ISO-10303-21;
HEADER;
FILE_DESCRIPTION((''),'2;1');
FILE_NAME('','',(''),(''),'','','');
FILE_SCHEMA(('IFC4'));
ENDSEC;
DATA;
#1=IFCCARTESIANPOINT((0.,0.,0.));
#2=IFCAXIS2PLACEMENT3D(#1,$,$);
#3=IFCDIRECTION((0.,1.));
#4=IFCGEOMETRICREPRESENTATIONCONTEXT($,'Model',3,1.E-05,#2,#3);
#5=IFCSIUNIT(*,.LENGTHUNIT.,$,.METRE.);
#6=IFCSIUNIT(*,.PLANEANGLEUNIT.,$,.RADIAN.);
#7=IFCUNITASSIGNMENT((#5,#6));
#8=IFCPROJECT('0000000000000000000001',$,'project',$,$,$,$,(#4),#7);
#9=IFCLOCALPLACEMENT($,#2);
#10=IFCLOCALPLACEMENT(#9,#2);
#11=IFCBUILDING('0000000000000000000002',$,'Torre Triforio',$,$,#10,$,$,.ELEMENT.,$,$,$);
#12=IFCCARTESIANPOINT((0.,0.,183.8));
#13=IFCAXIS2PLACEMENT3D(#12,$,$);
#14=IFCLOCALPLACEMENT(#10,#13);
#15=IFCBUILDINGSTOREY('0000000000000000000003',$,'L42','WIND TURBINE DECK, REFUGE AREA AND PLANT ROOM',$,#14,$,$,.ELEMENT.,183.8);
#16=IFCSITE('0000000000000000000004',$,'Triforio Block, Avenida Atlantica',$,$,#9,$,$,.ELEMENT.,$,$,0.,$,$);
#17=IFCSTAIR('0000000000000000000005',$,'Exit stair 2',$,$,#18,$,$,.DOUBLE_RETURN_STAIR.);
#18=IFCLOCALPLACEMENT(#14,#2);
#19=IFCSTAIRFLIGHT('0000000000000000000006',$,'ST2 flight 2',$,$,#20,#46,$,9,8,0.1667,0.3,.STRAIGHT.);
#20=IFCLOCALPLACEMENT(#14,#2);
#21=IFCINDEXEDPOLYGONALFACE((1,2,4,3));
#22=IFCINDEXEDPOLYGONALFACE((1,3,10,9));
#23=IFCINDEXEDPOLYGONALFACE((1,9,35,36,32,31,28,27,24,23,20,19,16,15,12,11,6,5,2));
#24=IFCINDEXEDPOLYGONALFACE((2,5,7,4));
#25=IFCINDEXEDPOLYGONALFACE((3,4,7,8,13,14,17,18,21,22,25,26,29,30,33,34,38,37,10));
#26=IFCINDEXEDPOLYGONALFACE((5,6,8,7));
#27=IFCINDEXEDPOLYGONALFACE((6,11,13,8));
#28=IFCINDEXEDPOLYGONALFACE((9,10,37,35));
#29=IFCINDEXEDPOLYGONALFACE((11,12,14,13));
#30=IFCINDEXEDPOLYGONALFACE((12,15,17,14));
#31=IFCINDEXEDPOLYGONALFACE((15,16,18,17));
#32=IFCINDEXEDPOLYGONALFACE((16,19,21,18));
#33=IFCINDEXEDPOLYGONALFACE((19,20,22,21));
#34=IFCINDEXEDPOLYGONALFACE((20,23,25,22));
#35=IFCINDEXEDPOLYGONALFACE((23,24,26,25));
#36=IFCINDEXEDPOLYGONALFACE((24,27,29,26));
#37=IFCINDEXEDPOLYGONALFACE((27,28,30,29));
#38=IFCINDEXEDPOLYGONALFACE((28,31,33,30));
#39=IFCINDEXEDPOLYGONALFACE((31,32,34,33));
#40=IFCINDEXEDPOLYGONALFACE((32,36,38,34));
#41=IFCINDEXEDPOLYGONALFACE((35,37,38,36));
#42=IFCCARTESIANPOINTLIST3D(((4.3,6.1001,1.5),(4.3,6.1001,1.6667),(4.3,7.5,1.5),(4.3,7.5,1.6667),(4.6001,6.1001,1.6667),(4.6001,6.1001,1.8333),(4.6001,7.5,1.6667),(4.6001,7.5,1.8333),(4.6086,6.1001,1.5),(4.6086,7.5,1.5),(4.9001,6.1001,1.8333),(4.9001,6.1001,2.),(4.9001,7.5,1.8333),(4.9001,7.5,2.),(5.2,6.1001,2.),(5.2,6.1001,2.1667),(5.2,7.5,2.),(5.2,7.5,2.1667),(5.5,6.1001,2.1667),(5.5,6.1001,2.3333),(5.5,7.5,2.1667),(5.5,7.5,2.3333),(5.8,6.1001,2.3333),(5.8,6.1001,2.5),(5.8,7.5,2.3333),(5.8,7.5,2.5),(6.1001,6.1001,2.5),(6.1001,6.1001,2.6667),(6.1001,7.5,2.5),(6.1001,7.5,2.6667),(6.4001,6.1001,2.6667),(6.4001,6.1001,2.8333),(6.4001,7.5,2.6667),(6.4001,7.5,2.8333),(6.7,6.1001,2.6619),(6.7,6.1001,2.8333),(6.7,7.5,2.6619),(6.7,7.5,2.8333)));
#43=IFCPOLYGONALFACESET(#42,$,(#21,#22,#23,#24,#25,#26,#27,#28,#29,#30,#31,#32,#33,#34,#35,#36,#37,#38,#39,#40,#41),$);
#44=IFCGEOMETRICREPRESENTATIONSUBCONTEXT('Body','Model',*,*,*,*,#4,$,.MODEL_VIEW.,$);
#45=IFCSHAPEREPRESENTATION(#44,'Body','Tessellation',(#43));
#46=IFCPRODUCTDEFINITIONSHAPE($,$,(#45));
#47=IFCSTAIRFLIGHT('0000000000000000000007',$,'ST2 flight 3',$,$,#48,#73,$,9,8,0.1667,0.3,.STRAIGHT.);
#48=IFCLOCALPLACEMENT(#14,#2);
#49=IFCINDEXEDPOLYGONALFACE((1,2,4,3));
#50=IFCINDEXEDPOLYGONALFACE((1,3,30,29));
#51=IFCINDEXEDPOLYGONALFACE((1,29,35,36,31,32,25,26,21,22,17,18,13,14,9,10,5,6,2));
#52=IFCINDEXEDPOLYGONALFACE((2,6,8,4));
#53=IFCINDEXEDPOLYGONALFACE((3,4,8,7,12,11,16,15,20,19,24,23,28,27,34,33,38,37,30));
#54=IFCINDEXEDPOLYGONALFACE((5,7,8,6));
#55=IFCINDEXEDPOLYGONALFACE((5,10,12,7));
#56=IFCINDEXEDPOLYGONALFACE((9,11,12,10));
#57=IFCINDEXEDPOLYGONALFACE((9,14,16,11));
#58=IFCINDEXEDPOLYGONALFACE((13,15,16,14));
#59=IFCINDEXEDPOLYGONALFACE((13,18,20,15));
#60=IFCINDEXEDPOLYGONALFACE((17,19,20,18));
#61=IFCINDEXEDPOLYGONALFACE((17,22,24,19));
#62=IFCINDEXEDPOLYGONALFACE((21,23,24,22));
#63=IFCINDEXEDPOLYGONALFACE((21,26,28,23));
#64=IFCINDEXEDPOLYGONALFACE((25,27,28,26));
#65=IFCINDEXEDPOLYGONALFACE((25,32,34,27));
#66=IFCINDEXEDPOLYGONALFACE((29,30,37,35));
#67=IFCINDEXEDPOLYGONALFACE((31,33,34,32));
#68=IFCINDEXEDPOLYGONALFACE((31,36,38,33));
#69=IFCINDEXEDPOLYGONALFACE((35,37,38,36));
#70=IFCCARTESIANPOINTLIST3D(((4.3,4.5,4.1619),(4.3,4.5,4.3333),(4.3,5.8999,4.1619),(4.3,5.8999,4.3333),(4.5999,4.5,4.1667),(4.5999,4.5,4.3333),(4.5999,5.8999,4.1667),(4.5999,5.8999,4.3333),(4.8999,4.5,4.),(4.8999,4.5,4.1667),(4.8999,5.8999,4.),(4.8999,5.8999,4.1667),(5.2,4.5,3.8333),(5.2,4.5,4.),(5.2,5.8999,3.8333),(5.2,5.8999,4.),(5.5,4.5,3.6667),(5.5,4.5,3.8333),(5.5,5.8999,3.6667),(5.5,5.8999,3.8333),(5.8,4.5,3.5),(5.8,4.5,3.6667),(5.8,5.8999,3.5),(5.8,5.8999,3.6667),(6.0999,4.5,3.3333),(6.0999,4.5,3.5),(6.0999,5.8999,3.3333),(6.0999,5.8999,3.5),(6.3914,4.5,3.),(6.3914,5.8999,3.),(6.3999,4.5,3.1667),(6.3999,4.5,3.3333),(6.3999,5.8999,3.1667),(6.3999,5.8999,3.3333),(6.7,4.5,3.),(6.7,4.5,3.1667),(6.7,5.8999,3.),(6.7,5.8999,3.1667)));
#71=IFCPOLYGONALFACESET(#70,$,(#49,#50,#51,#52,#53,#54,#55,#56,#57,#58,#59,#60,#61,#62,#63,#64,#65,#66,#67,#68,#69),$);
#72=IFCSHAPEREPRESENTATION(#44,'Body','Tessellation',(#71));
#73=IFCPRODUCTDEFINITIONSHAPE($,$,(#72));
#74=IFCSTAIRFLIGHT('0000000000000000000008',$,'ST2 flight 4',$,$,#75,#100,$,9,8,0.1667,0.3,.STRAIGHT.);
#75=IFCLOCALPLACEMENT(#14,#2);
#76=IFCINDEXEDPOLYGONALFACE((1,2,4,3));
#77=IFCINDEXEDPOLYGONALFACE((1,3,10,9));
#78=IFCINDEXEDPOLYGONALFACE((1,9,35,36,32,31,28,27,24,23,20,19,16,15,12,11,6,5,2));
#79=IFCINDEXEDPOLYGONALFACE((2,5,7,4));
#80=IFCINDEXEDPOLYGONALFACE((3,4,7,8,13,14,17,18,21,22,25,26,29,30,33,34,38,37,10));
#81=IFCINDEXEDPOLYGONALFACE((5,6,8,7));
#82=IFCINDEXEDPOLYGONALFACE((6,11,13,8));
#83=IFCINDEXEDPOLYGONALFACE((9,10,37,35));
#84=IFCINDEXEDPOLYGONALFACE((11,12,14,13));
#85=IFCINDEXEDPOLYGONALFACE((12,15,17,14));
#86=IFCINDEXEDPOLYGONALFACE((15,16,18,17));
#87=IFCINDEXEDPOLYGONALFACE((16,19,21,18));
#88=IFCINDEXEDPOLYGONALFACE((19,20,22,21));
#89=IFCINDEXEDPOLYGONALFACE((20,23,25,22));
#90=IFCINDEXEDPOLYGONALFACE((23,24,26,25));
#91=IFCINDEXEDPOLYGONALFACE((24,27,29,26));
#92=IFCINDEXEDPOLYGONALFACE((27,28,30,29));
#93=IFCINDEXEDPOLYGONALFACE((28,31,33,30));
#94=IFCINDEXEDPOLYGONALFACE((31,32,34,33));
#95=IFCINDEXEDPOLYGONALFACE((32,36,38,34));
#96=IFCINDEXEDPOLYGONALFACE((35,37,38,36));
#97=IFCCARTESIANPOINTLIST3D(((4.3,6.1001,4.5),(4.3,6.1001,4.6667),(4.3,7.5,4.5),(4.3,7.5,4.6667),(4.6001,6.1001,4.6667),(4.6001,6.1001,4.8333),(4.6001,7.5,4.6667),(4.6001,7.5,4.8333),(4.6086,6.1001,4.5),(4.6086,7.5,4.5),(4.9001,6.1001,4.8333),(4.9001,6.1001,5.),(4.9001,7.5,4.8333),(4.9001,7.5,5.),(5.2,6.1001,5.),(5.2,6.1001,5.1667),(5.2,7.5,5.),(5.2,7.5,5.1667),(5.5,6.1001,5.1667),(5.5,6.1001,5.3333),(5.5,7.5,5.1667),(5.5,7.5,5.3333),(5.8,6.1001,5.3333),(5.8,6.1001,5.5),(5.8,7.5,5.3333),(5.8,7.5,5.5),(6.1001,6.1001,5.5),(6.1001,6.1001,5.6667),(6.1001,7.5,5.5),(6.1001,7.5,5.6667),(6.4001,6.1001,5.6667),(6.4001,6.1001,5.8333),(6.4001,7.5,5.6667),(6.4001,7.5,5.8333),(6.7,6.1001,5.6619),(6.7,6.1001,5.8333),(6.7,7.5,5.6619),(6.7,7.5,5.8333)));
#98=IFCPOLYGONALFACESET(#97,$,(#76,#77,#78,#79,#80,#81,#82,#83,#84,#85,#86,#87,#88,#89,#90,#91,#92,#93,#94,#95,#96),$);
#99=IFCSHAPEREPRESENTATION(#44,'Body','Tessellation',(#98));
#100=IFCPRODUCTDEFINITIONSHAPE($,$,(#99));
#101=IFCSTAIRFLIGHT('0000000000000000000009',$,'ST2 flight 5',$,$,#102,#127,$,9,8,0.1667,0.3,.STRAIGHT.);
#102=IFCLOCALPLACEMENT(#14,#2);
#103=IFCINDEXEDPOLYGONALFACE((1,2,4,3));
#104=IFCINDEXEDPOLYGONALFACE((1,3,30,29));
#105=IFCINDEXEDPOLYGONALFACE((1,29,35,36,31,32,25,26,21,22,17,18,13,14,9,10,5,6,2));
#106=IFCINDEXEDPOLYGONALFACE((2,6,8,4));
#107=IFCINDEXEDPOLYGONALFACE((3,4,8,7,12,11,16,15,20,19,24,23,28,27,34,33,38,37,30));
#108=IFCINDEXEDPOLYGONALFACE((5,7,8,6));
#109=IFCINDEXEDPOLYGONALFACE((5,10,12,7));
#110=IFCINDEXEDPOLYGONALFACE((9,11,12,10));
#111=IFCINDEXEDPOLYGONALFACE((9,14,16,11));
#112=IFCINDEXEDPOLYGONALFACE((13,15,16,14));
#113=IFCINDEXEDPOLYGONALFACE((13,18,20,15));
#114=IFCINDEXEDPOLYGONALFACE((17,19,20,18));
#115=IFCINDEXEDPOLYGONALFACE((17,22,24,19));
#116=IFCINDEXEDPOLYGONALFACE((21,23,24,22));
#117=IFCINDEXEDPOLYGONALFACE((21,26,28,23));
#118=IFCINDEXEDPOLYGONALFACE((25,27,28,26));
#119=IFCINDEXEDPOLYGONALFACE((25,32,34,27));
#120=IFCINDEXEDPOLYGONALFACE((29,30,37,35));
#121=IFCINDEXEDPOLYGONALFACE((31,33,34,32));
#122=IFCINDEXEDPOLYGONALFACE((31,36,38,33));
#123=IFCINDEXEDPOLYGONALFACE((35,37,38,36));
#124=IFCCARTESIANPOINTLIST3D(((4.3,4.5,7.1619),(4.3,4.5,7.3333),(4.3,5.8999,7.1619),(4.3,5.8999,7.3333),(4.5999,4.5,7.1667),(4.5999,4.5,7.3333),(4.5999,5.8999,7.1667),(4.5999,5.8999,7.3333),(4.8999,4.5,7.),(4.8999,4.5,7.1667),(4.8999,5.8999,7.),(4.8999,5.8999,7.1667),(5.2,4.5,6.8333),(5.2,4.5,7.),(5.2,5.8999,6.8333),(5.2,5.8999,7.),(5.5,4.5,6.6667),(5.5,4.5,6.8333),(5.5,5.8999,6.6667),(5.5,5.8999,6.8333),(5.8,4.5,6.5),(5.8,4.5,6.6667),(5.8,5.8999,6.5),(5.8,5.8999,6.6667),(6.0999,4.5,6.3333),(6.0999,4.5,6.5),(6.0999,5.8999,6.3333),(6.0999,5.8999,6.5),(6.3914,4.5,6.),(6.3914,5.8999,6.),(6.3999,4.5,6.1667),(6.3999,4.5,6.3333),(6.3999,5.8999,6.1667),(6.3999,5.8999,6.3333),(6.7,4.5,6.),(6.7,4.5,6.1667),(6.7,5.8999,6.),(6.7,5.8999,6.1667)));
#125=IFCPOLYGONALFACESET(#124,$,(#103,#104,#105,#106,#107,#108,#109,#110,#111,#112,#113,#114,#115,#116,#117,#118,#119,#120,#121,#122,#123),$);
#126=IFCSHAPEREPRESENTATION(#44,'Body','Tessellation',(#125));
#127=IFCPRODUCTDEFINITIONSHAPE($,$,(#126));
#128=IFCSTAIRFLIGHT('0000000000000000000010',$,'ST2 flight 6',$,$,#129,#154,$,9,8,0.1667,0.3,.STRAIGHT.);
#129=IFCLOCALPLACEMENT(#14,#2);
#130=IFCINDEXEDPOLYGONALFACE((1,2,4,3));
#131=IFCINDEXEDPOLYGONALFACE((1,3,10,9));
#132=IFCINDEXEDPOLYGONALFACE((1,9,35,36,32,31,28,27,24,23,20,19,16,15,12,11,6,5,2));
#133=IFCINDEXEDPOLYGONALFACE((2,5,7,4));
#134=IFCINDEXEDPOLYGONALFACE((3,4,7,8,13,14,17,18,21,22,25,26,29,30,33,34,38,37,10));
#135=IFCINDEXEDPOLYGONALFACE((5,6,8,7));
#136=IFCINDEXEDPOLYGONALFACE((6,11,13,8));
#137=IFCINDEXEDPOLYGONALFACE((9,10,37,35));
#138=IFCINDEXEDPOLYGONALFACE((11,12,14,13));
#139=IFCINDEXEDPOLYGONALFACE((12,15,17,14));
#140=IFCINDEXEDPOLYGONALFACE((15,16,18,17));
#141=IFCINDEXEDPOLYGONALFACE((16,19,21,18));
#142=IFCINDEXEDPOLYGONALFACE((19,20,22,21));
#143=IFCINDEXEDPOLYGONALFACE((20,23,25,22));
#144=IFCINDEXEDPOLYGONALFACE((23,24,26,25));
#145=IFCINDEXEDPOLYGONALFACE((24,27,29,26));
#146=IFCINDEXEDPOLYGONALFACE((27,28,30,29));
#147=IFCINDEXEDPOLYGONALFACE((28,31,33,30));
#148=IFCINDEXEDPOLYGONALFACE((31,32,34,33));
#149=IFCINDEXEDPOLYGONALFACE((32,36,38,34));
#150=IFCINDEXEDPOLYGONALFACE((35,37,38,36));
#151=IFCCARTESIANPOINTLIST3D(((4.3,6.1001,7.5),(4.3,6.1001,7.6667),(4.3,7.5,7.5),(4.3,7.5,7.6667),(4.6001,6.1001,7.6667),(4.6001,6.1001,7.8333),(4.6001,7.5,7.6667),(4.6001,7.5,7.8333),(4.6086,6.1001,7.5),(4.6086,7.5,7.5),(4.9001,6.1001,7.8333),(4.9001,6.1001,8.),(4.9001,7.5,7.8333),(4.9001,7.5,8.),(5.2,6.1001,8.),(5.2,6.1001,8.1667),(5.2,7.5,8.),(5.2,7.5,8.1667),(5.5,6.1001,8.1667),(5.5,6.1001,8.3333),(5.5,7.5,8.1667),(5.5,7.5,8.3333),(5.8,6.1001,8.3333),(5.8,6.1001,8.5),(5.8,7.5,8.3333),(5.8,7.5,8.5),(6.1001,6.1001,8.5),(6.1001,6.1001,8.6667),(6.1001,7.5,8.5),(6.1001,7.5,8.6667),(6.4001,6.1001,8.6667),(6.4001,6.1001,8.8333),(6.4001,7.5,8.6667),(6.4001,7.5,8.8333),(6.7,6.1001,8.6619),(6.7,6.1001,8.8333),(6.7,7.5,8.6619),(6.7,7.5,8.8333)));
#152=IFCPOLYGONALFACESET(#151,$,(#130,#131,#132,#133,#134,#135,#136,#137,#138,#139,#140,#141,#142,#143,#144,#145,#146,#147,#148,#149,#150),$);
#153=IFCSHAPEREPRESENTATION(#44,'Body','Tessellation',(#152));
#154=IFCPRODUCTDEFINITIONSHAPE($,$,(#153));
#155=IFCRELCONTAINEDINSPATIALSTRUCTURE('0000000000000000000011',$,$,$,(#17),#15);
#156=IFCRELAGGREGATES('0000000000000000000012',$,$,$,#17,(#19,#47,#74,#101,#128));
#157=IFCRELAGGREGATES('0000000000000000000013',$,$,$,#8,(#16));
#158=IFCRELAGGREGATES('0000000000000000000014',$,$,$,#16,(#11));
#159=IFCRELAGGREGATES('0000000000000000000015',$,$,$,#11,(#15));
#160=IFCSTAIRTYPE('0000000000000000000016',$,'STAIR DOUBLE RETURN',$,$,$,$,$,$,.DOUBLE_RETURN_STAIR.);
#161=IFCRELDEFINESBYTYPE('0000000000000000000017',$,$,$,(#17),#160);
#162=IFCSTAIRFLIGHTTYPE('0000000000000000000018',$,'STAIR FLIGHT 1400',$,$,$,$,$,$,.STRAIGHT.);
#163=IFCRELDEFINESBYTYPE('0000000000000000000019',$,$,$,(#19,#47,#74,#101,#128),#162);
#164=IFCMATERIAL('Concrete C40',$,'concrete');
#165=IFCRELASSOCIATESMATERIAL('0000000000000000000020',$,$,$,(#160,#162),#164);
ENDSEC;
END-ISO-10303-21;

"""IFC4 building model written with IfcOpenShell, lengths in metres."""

from ifc_helpers import new_model, si_unit, direction, frame, origin, place, context, subcontext, project, spatial, polyline, outline, extrude, material, type_object, element, aggregate, save


model = new_model("IFC4")

# Units and contexts
model_context = context("Model", 3, precision=1e-05, world=origin(), true_north=direction((0.0, 1.0)))
body_context = subcontext(model_context, "Body", "Model", "MODEL_VIEW")
ifc_project = project(units=[si_unit("LENGTHUNIT", "METRE"), si_unit("PLANEANGLEUNIT", "RADIAN")], contexts=[model_context])

# Site, building, storey
site_placement = place(None, origin())
site = spatial("IfcSite", under=ifc_project, at=site_placement, Name="Triforio Block, Avenida Atlantica", CompositionType="ELEMENT", RefElevation=0.0)
building_placement = place(site_placement, origin())
building = spatial("IfcBuilding", under=site, at=building_placement, Name="Torre Triforio", CompositionType="ELEMENT")
storey_placement = place(building_placement, frame((0.0, 0.0, 183.8)))
storey = spatial("IfcBuildingStorey", under=building, at=storey_placement, Name="L42", Description="WIND TURBINE DECK, REFUGE AREA AND PLANT ROOM", CompositionType="ELEMENT", Elevation=183.8)

# Shared definitions
ifc_material_1 = material(Name="Concrete C40", Category="concrete")

# Shared definitions
stair_type = type_object("IfcStairType", Name="STAIR DOUBLE RETURN", PredefinedType="DOUBLE_RETURN_STAIR", material=ifc_material_1)

# Stair, stair flights
stair_1_placement = place(storey_placement, origin())
stair_1 = element("IfcStair", 1, at=stair_1_placement, inside=storey, type_object=stair_type, Name="Exit stair 2", PredefinedType="DOUBLE_RETURN_STAIR")
stair_flight_type = type_object("IfcStairFlightType", Name="STAIR FLIGHT 1400", PredefinedType="STRAIGHT", material=ifc_material_1)
stair_flight_1_placement = place(storey_placement, frame((4.3, 6.8, 1.5), z_axis=(0.0, 0.0, 1.0), x_axis=(1.0, 0.0, 0.0)))
stair_flight_1 = element("IfcStairFlight", 2, at=stair_flight_1_placement, type_object=stair_flight_type, Name="ST2 flight 2", NumberOfRisers=9, NumberOfTreads=8, PredefinedType="STRAIGHT", RiserHeight=0.1667, TreadLength=0.3, context=body_context, shape_type="SweptSolid", body=[
    extrude(outline(polyline([(0.0, 0.0), (0.0, 0.1667), (0.3, 0.1667), (0.3, 0.3333), (0.6001, 0.3333), (0.6001, 0.5), (0.8999, 0.5), (0.8999, 0.6667), (1.2, 0.6667), (1.2, 0.8333), (1.5, 0.8333), (1.5, 1.0), (1.8, 1.0), (1.8, 1.1667), (2.1001, 1.1667), (2.1001, 1.3333), (2.3999, 1.3333), (2.3999, 1.5), (2.3999, 1.1619), (0.3086, 0.0), (0.0, 0.0)])), frame((0.0, 0.7, 0.0), z_axis=(0.0, -1.0, 0.0), x_axis=(1.0, 0.0, 0.0)), (0.0, 0.0, 1.0), 1.3999),
])
stair_flight_2_placement = place(storey_placement, frame((6.7, 5.2, 3.0), z_axis=(0.0, 0.0, 1.0), x_axis=(-1.0, 0.0, 0.0)))
stair_flight_2 = element("IfcStairFlight", 3, at=stair_flight_2_placement, type_object=stair_flight_type, Name="ST2 flight 3", NumberOfRisers=9, NumberOfTreads=8, PredefinedType="STRAIGHT", RiserHeight=0.1667, TreadLength=0.3, context=body_context, shape_type="SweptSolid", body=[
    extrude(outline(polyline([(0.0, 0.0), (0.0, 0.1667), (0.3, 0.1667), (0.3, 0.3333), (0.6001, 0.3333), (0.6001, 0.5), (0.8999, 0.5), (0.8999, 0.6667), (1.2, 0.6667), (1.2, 0.8333), (1.5, 0.8333), (1.5, 1.0), (1.8, 1.0), (1.8, 1.1667), (2.1001, 1.1667), (2.1001, 1.3333), (2.3999, 1.3333), (2.3999, 1.5), (2.3999, 1.1619), (0.3086, 0.0), (0.0, 0.0)])), frame((0.0, 0.7, 0.0), z_axis=(0.0, -1.0, 0.0), x_axis=(1.0, 0.0, 0.0)), (0.0, 0.0, 1.0), 1.3999),
])
stair_flight_3_placement = place(storey_placement, frame((4.3, 6.8, 4.5), z_axis=(0.0, 0.0, 1.0), x_axis=(1.0, 0.0, 0.0)))
stair_flight_3 = element("IfcStairFlight", 4, at=stair_flight_3_placement, type_object=stair_flight_type, Name="ST2 flight 4", NumberOfRisers=9, NumberOfTreads=8, PredefinedType="STRAIGHT", RiserHeight=0.1667, TreadLength=0.3, context=body_context, shape_type="SweptSolid", body=[
    extrude(outline(polyline([(0.0, 0.0), (0.0, 0.1667), (0.3, 0.1667), (0.3, 0.3333), (0.6001, 0.3333), (0.6001, 0.5), (0.8999, 0.5), (0.8999, 0.6667), (1.2, 0.6667), (1.2, 0.8333), (1.5, 0.8333), (1.5, 1.0), (1.8, 1.0), (1.8, 1.1667), (2.1001, 1.1667), (2.1001, 1.3333), (2.3999, 1.3333), (2.3999, 1.5), (2.3999, 1.1619), (0.3086, 0.0), (0.0, 0.0)])), frame((0.0, 0.7, 0.0), z_axis=(0.0, -1.0, 0.0), x_axis=(1.0, 0.0, 0.0)), (0.0, 0.0, 1.0), 1.3999),
])
stair_flight_4_placement = place(storey_placement, frame((6.7, 5.2, 6.0), z_axis=(0.0, 0.0, 1.0), x_axis=(-1.0, 0.0, 0.0)))
stair_flight_4 = element("IfcStairFlight", 5, at=stair_flight_4_placement, type_object=stair_flight_type, Name="ST2 flight 5", NumberOfRisers=9, NumberOfTreads=8, PredefinedType="STRAIGHT", RiserHeight=0.1667, TreadLength=0.3, context=body_context, shape_type="SweptSolid", body=[
    extrude(outline(polyline([(0.0, 0.0), (0.0, 0.1667), (0.3, 0.1667), (0.3, 0.3333), (0.6001, 0.3333), (0.6001, 0.5), (0.8999, 0.5), (0.8999, 0.6667), (1.2, 0.6667), (1.2, 0.8333), (1.5, 0.8333), (1.5, 1.0), (1.8, 1.0), (1.8, 1.1667), (2.1001, 1.1667), (2.1001, 1.3333), (2.3999, 1.3333), (2.3999, 1.5), (2.3999, 1.1619), (0.3086, 0.0), (0.0, 0.0)])), frame((0.0, 0.7, 0.0), z_axis=(0.0, -1.0, 0.0), x_axis=(1.0, 0.0, 0.0)), (0.0, 0.0, 1.0), 1.3999),
])
stair_flight_5_placement = place(storey_placement, frame((4.3, 6.8, 7.5), z_axis=(0.0, 0.0, 1.0), x_axis=(1.0, 0.0, 0.0)))
stair_flight_5 = element("IfcStairFlight", 6, at=stair_flight_5_placement, type_object=stair_flight_type, Name="ST2 flight 6", NumberOfRisers=9, NumberOfTreads=8, PredefinedType="STRAIGHT", RiserHeight=0.1667, TreadLength=0.3, context=body_context, shape_type="SweptSolid", body=[
    extrude(outline(polyline([(0.0, 0.0), (0.0, 0.1667), (0.3, 0.1667), (0.3, 0.3333), (0.6001, 0.3333), (0.6001, 0.5), (0.8999, 0.5), (0.8999, 0.6667), (1.2, 0.6667), (1.2, 0.8333), (1.5, 0.8333), (1.5, 1.0), (1.8, 1.0), (1.8, 1.1667), (2.1001, 1.1667), (2.1001, 1.3333), (2.3999, 1.3333), (2.3999, 1.5), (2.3999, 1.1619), (0.3086, 0.0), (0.0, 0.0)])), frame((0.0, 0.7, 0.0), z_axis=(0.0, -1.0, 0.0), x_axis=(1.0, 0.0, 0.0)), (0.0, 0.0, 1.0), 1.3999),
])
aggregate(stair_1, [stair_flight_1, stair_flight_2, stair_flight_3, stair_flight_4, stair_flight_5])

save(model, "model.ifc")
